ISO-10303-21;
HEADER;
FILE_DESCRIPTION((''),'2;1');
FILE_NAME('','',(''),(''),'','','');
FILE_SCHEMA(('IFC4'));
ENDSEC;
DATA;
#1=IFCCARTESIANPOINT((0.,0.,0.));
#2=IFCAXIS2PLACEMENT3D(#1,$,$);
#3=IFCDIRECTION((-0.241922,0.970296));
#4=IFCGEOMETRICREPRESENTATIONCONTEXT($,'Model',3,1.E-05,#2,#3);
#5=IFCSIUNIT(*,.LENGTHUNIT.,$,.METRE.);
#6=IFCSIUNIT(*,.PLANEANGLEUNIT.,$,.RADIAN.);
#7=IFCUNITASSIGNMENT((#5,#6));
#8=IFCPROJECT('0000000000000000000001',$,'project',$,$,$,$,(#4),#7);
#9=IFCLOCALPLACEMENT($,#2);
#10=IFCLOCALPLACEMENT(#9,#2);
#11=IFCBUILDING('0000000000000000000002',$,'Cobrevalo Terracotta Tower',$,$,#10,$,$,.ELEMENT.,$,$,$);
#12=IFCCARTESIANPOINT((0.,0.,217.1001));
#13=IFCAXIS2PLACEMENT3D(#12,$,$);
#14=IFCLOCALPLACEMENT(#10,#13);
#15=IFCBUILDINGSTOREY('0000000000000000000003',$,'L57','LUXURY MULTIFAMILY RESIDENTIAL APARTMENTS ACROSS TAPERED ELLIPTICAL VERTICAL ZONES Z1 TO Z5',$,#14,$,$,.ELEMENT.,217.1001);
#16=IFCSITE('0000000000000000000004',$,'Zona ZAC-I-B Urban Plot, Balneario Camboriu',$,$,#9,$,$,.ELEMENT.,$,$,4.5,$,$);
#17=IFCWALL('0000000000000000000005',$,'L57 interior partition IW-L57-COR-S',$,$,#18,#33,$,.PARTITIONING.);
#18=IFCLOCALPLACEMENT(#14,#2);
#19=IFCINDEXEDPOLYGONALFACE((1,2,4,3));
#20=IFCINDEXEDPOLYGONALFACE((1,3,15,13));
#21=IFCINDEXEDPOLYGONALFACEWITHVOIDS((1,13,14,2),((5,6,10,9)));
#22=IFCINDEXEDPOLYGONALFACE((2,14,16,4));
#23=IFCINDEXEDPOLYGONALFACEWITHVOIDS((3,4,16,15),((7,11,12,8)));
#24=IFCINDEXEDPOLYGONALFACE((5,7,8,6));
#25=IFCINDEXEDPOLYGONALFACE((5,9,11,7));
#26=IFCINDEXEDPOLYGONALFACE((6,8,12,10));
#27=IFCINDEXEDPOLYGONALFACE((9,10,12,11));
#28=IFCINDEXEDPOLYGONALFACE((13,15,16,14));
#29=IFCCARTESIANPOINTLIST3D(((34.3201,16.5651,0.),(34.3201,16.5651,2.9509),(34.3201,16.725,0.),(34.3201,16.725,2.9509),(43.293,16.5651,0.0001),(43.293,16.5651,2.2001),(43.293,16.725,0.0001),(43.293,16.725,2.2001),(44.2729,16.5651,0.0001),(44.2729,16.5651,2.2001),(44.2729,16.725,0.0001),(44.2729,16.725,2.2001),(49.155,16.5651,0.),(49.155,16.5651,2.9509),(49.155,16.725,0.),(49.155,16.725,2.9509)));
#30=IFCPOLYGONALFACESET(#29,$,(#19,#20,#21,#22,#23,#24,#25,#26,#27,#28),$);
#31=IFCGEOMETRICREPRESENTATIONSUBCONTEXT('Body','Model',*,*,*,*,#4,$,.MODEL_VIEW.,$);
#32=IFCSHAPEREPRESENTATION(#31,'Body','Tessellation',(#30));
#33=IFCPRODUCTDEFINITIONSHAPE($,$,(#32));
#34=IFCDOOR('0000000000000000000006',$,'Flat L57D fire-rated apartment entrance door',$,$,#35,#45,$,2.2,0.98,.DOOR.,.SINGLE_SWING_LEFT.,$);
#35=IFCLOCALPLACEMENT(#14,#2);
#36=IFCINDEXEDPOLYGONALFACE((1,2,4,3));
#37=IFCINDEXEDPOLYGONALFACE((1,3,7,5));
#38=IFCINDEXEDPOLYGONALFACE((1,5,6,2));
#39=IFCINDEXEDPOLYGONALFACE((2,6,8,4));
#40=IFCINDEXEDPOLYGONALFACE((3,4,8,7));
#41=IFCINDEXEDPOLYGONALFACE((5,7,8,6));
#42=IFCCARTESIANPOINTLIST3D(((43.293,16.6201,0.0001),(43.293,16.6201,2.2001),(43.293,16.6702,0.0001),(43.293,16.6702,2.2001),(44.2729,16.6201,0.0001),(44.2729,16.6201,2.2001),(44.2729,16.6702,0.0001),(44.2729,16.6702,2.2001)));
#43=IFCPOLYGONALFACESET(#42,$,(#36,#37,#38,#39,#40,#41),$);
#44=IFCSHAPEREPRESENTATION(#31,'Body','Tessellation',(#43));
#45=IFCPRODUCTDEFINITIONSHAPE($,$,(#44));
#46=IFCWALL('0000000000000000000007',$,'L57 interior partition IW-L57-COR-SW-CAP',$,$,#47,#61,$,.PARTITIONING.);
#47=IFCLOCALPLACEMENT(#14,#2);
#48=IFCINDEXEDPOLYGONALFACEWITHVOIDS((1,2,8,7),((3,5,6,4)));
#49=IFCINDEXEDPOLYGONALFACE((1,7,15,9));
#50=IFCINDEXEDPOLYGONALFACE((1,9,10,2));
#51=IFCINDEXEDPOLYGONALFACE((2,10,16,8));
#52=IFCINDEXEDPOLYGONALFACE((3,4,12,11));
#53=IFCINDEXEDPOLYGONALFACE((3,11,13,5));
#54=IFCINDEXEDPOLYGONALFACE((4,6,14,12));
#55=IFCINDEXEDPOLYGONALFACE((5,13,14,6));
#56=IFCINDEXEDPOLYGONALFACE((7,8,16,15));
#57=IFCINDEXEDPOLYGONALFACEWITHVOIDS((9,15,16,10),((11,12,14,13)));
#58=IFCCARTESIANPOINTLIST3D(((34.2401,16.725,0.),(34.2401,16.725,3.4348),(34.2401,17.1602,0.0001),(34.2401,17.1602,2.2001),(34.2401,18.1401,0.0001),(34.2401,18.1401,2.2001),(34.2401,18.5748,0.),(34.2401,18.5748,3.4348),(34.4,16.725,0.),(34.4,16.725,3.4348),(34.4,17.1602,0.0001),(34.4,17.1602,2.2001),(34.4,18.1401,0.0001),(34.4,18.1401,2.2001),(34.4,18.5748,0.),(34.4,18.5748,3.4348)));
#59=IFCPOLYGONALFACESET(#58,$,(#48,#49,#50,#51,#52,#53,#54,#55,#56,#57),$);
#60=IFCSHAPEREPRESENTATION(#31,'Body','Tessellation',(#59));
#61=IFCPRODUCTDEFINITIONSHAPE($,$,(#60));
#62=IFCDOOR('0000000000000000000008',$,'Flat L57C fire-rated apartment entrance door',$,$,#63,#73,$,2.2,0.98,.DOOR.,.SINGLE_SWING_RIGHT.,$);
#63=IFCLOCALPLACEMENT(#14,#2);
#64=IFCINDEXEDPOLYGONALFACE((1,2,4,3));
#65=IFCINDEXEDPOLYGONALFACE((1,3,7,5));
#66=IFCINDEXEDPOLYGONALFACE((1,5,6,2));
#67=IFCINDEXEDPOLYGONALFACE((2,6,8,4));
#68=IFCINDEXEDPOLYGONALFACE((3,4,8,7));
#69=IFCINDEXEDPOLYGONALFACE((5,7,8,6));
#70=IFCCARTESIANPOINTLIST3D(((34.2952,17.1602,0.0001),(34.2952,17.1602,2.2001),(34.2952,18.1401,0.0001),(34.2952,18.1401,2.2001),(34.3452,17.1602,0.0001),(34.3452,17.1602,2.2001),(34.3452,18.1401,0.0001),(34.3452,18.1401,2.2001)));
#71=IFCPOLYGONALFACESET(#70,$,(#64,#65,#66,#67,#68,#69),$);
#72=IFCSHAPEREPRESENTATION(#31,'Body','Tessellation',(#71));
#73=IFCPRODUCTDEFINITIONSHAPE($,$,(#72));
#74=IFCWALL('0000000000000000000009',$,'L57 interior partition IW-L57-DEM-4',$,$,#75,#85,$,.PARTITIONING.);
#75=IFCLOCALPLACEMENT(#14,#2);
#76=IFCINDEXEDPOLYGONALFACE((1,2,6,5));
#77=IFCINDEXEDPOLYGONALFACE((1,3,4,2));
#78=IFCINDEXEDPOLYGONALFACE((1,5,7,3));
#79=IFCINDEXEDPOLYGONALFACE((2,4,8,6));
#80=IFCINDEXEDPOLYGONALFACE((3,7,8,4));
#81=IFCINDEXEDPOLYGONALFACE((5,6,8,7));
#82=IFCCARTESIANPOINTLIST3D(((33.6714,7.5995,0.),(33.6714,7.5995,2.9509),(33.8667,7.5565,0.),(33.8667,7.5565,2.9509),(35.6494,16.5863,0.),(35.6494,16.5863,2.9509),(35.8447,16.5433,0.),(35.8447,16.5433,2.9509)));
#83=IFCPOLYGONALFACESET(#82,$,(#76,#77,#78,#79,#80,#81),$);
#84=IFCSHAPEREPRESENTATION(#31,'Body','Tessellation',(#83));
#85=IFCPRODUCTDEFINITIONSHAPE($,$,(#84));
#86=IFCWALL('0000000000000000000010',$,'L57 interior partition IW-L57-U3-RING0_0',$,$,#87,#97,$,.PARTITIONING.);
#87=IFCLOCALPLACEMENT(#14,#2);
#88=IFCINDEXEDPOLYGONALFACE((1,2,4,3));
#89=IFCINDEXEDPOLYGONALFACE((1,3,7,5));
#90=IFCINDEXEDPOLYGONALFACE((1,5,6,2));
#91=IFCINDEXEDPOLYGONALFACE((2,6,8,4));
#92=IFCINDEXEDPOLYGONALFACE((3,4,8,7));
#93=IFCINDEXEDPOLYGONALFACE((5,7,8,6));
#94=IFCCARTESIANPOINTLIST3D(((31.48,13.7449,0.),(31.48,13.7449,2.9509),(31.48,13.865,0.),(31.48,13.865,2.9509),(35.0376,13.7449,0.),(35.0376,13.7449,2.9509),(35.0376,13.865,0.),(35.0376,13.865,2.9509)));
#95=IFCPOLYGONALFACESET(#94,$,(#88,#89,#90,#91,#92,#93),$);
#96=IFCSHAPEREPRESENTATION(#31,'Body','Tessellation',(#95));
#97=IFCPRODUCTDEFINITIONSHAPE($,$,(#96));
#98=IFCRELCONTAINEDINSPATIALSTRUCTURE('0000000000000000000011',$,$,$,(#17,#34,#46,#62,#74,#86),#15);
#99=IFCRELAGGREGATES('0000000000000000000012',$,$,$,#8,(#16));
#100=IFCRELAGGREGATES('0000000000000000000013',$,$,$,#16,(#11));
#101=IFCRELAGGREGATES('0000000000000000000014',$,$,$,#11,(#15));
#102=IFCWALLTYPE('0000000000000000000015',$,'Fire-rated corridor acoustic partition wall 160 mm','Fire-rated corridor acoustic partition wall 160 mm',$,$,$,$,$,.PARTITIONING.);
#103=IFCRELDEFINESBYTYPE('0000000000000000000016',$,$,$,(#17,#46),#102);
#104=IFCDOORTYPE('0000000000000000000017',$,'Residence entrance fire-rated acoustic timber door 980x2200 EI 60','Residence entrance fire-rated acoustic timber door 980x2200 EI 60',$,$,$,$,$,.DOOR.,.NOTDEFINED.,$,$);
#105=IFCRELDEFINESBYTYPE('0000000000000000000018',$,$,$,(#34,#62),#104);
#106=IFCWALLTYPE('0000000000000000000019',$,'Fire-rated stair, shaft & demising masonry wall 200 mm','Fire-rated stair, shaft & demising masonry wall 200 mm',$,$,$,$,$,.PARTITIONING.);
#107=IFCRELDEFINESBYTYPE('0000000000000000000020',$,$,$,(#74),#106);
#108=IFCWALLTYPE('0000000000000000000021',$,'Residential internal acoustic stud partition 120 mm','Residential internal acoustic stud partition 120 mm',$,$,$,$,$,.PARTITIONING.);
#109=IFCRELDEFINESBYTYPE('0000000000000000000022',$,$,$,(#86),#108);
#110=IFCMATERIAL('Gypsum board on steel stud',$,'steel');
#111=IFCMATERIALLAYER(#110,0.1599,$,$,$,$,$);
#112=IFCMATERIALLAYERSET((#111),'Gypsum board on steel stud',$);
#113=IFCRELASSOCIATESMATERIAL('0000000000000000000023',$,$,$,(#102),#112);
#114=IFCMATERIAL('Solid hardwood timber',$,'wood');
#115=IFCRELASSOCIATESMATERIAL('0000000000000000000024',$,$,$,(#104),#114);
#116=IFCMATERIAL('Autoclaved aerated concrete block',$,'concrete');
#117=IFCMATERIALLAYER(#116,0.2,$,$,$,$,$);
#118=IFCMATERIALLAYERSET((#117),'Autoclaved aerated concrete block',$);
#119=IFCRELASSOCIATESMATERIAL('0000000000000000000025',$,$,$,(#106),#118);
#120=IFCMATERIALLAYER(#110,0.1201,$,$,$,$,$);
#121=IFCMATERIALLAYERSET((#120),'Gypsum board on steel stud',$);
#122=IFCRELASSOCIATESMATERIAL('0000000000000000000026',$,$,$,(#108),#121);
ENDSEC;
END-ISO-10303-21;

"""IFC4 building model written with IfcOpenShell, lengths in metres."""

from ifc_helpers import new_model, si_unit, direction, frame, frame_2d, origin, place, context, subcontext, project, spatial, rectangle, extrude, source, transform, mapped, material, layer, layer_set, type_object, element, fill, save


model = new_model("IFC4")

# Units and contexts
model_context = context("Model", 3, precision=1e-05, world=origin(), true_north=direction((-0.241922, 0.970296)))
body_context = subcontext(model_context, "Body", "Model", "MODEL_VIEW")
ifc_project = project(units=[si_unit("LENGTHUNIT", "METRE"), si_unit("PLANEANGLEUNIT", "RADIAN")], contexts=[model_context])

# Site, building, storey
site_placement = place(None, origin())
site = spatial("IfcSite", under=ifc_project, at=site_placement, Name="Zona ZAC-I-B Urban Plot, Balneario Camboriu", CompositionType="ELEMENT", RefElevation=4.5)
building_placement = place(site_placement, origin())
building = spatial("IfcBuilding", under=site, at=building_placement, Name="Cobrevalo Terracotta Tower", CompositionType="ELEMENT")
storey_placement = place(building_placement, frame((0.0, 0.0, 217.1001)))
storey = spatial("IfcBuildingStorey", under=building, at=storey_placement, Name="L57", Description="LUXURY MULTIFAMILY RESIDENTIAL APARTMENTS ACROSS TAPERED ELLIPTICAL VERTICAL ZONES Z1 TO Z5", CompositionType="ELEMENT", Elevation=217.1001)

# Walls, openings, doors
ifc_material_1 = material(Name="Gypsum board on steel stud", Category="steel")
ifc_layer_1 = layer(ifc_material_1, 0.1599)
ifc_layer_set_1 = layer_set([ifc_layer_1], Name="Gypsum board on steel stud")
wall_type_1 = type_object("IfcWallType", Name="Fire-rated corridor acoustic partition wall 160 mm", Description="Fire-rated corridor acoustic partition wall 160 mm", PredefinedType="PARTITIONING", material=ifc_layer_set_1)
wall_1_placement = place(storey_placement, frame((34.3201, 16.645, 0.0), z_axis=(0.0, 0.0, 1.0), x_axis=(1.0, 0.0, 0.0)))
wall_1 = element("IfcWall", 1, at=wall_1_placement, inside=storey, type_object=wall_type_1, Name="L57 interior partition IW-L57-COR-S", PredefinedType="PARTITIONING", context=body_context, shape_type="SweptSolid", body=[
    extrude(rectangle(XDim=14.835, YDim=0.1599, at=frame_2d((7.4175, 0.0))), origin(), (0.0, 0.0, 1.0), 2.9509),
])
opening_1_placement = place(wall_1_placement, frame((8.9729, 0.0, 0.0)))
opening_1 = element("IfcOpeningElement", 2, at=opening_1_placement, cuts=wall_1, PredefinedType="OPENING", context=body_context, shape_type="SweptSolid", body=[
    extrude(rectangle(XDim=0.98, YDim=2.2, at=frame_2d((0.49, 1.1001))), frame((0.0, 0.0898, 0.0), z_axis=(0.0, -1.0, 0.0), x_axis=(1.0, 0.0, 0.0)), (0.0, 0.0, 1.0), 0.1799),
])
ifc_material_2 = material(Name="Solid hardwood timber", Category="wood")
door_type_1 = type_object("IfcDoorType", Name="Residence entrance fire-rated acoustic timber door 980x2200 EI 60", Description="Residence entrance fire-rated acoustic timber door 980x2200 EI 60", OperationType="NOTDEFINED", PredefinedType="DOOR", material=ifc_material_2)
shared_shape_1 = source(origin(), body_context, "Body", "SweptSolid", [
    extrude(rectangle(XDim=0.98, YDim=2.2, at=frame_2d((0.49, 1.1001))), frame((0.0, 0.0249, 0.0), z_axis=(0.0, -1.0, 0.0), x_axis=(1.0, 0.0, 0.0)), (0.0, 0.0, 1.0), 0.05),
])
door_1_placement = place(opening_1_placement, frame((0.98, 0.0, 0.0), z_axis=(0.0, 0.0, 1.0), x_axis=(-1.0, 0.0, 0.0)))
door_1 = element("IfcDoor", 3, at=door_1_placement, inside=storey, type_object=door_type_1, Name="Flat L57D fire-rated apartment entrance door", OperationType="SINGLE_SWING_LEFT", OverallHeight=2.2, OverallWidth=0.98, PredefinedType="DOOR", context=body_context, shape_type="MappedRepresentation", body=[
    mapped(shared_shape_1, transform((0.0, 0.0, 0.0), scale=1.0)),
])
fill(opening_1, door_1)
wall_2_placement = place(storey_placement, frame((34.3201, 16.7251, 0.0), z_axis=(0.0, 0.0, 1.0), x_axis=(0.0, 1.0, 0.0)))
wall_2 = element("IfcWall", 4, at=wall_2_placement, inside=storey, type_object=wall_type_1, Name="L57 interior partition IW-L57-COR-SW-CAP", PredefinedType="PARTITIONING", context=body_context, shape_type="SweptSolid", body=[
    extrude(rectangle(XDim=1.8499, YDim=0.1599, at=frame_2d((0.9248, 0.0))), origin(), (0.0, 0.0, 1.0), 3.4348),
])
opening_2_placement = place(wall_2_placement, frame((0.4351, 0.0, 0.0)))
opening_2 = element("IfcOpeningElement", 5, at=opening_2_placement, cuts=wall_2, PredefinedType="OPENING", context=body_context, shape_type="SweptSolid", body=[
    extrude(rectangle(XDim=0.98, YDim=2.2, at=frame_2d((0.49, 1.1001))), frame((0.0, 0.0898, 0.0), z_axis=(0.0, -1.0, 0.0), x_axis=(1.0, 0.0, 0.0)), (0.0, 0.0, 1.0), 0.1799),
])
door_2_placement = place(opening_2_placement, origin())
door_2 = element("IfcDoor", 6, at=door_2_placement, inside=storey, type_object=door_type_1, Name="Flat L57C fire-rated apartment entrance door", OperationType="SINGLE_SWING_RIGHT", OverallHeight=2.2, OverallWidth=0.98, PredefinedType="DOOR", context=body_context, shape_type="MappedRepresentation", body=[
    mapped(shared_shape_1, transform((0.0, 0.0, 0.0), scale=1.0)),
])
fill(opening_2, door_2)

# Walls
ifc_material_3 = material(Name="Autoclaved aerated concrete block", Category="concrete")
ifc_layer_2 = layer(ifc_material_3, 0.2)
ifc_layer_set_2 = layer_set([ifc_layer_2], Name="Autoclaved aerated concrete block")
wall_type_2 = type_object("IfcWallType", Name="Fire-rated stair, shaft & demising masonry wall 200 mm", Description="Fire-rated stair, shaft & demising masonry wall 200 mm", PredefinedType="PARTITIONING", material=ifc_layer_set_2)
wall_3_placement = place(storey_placement, frame((35.7471, 16.5649, 0.0), z_axis=(0.0, 0.0, 1.0), x_axis=(-0.214958, -0.976623, 0.0)))
element("IfcWall", 7, at=wall_3_placement, inside=storey, type_object=wall_type_2, Name="L57 interior partition IW-L57-DEM-4", PredefinedType="PARTITIONING", context=body_context, shape_type="SweptSolid", body=[
    extrude(rectangle(XDim=9.2019, YDim=0.2, at=frame_2d((4.6011, 0.0))), origin(), (0.0, 0.0, 1.0), 2.9509),
])
ifc_layer_3 = layer(ifc_material_1, 0.1201)
ifc_layer_set_3 = layer_set([ifc_layer_3], Name="Gypsum board on steel stud")
wall_type_3 = type_object("IfcWallType", Name="Residential internal acoustic stud partition 120 mm", Description="Residential internal acoustic stud partition 120 mm", PredefinedType="PARTITIONING", material=ifc_layer_set_3)
wall_4_placement = place(storey_placement, frame((35.0376, 13.8049, 0.0), z_axis=(0.0, 0.0, 1.0), x_axis=(-1.0, 0.0, 0.0)))
element("IfcWall", 8, at=wall_4_placement, inside=storey, type_object=wall_type_3, Name="L57 interior partition IW-L57-U3-RING0_0", PredefinedType="PARTITIONING", context=body_context, shape_type="SweptSolid", body=[
    extrude(rectangle(XDim=3.5576, YDim=0.1201, at=frame_2d((1.7788, 0.0))), origin(), (0.0, 0.0, 1.0), 2.9509),
])

save(model, "model.ifc")
